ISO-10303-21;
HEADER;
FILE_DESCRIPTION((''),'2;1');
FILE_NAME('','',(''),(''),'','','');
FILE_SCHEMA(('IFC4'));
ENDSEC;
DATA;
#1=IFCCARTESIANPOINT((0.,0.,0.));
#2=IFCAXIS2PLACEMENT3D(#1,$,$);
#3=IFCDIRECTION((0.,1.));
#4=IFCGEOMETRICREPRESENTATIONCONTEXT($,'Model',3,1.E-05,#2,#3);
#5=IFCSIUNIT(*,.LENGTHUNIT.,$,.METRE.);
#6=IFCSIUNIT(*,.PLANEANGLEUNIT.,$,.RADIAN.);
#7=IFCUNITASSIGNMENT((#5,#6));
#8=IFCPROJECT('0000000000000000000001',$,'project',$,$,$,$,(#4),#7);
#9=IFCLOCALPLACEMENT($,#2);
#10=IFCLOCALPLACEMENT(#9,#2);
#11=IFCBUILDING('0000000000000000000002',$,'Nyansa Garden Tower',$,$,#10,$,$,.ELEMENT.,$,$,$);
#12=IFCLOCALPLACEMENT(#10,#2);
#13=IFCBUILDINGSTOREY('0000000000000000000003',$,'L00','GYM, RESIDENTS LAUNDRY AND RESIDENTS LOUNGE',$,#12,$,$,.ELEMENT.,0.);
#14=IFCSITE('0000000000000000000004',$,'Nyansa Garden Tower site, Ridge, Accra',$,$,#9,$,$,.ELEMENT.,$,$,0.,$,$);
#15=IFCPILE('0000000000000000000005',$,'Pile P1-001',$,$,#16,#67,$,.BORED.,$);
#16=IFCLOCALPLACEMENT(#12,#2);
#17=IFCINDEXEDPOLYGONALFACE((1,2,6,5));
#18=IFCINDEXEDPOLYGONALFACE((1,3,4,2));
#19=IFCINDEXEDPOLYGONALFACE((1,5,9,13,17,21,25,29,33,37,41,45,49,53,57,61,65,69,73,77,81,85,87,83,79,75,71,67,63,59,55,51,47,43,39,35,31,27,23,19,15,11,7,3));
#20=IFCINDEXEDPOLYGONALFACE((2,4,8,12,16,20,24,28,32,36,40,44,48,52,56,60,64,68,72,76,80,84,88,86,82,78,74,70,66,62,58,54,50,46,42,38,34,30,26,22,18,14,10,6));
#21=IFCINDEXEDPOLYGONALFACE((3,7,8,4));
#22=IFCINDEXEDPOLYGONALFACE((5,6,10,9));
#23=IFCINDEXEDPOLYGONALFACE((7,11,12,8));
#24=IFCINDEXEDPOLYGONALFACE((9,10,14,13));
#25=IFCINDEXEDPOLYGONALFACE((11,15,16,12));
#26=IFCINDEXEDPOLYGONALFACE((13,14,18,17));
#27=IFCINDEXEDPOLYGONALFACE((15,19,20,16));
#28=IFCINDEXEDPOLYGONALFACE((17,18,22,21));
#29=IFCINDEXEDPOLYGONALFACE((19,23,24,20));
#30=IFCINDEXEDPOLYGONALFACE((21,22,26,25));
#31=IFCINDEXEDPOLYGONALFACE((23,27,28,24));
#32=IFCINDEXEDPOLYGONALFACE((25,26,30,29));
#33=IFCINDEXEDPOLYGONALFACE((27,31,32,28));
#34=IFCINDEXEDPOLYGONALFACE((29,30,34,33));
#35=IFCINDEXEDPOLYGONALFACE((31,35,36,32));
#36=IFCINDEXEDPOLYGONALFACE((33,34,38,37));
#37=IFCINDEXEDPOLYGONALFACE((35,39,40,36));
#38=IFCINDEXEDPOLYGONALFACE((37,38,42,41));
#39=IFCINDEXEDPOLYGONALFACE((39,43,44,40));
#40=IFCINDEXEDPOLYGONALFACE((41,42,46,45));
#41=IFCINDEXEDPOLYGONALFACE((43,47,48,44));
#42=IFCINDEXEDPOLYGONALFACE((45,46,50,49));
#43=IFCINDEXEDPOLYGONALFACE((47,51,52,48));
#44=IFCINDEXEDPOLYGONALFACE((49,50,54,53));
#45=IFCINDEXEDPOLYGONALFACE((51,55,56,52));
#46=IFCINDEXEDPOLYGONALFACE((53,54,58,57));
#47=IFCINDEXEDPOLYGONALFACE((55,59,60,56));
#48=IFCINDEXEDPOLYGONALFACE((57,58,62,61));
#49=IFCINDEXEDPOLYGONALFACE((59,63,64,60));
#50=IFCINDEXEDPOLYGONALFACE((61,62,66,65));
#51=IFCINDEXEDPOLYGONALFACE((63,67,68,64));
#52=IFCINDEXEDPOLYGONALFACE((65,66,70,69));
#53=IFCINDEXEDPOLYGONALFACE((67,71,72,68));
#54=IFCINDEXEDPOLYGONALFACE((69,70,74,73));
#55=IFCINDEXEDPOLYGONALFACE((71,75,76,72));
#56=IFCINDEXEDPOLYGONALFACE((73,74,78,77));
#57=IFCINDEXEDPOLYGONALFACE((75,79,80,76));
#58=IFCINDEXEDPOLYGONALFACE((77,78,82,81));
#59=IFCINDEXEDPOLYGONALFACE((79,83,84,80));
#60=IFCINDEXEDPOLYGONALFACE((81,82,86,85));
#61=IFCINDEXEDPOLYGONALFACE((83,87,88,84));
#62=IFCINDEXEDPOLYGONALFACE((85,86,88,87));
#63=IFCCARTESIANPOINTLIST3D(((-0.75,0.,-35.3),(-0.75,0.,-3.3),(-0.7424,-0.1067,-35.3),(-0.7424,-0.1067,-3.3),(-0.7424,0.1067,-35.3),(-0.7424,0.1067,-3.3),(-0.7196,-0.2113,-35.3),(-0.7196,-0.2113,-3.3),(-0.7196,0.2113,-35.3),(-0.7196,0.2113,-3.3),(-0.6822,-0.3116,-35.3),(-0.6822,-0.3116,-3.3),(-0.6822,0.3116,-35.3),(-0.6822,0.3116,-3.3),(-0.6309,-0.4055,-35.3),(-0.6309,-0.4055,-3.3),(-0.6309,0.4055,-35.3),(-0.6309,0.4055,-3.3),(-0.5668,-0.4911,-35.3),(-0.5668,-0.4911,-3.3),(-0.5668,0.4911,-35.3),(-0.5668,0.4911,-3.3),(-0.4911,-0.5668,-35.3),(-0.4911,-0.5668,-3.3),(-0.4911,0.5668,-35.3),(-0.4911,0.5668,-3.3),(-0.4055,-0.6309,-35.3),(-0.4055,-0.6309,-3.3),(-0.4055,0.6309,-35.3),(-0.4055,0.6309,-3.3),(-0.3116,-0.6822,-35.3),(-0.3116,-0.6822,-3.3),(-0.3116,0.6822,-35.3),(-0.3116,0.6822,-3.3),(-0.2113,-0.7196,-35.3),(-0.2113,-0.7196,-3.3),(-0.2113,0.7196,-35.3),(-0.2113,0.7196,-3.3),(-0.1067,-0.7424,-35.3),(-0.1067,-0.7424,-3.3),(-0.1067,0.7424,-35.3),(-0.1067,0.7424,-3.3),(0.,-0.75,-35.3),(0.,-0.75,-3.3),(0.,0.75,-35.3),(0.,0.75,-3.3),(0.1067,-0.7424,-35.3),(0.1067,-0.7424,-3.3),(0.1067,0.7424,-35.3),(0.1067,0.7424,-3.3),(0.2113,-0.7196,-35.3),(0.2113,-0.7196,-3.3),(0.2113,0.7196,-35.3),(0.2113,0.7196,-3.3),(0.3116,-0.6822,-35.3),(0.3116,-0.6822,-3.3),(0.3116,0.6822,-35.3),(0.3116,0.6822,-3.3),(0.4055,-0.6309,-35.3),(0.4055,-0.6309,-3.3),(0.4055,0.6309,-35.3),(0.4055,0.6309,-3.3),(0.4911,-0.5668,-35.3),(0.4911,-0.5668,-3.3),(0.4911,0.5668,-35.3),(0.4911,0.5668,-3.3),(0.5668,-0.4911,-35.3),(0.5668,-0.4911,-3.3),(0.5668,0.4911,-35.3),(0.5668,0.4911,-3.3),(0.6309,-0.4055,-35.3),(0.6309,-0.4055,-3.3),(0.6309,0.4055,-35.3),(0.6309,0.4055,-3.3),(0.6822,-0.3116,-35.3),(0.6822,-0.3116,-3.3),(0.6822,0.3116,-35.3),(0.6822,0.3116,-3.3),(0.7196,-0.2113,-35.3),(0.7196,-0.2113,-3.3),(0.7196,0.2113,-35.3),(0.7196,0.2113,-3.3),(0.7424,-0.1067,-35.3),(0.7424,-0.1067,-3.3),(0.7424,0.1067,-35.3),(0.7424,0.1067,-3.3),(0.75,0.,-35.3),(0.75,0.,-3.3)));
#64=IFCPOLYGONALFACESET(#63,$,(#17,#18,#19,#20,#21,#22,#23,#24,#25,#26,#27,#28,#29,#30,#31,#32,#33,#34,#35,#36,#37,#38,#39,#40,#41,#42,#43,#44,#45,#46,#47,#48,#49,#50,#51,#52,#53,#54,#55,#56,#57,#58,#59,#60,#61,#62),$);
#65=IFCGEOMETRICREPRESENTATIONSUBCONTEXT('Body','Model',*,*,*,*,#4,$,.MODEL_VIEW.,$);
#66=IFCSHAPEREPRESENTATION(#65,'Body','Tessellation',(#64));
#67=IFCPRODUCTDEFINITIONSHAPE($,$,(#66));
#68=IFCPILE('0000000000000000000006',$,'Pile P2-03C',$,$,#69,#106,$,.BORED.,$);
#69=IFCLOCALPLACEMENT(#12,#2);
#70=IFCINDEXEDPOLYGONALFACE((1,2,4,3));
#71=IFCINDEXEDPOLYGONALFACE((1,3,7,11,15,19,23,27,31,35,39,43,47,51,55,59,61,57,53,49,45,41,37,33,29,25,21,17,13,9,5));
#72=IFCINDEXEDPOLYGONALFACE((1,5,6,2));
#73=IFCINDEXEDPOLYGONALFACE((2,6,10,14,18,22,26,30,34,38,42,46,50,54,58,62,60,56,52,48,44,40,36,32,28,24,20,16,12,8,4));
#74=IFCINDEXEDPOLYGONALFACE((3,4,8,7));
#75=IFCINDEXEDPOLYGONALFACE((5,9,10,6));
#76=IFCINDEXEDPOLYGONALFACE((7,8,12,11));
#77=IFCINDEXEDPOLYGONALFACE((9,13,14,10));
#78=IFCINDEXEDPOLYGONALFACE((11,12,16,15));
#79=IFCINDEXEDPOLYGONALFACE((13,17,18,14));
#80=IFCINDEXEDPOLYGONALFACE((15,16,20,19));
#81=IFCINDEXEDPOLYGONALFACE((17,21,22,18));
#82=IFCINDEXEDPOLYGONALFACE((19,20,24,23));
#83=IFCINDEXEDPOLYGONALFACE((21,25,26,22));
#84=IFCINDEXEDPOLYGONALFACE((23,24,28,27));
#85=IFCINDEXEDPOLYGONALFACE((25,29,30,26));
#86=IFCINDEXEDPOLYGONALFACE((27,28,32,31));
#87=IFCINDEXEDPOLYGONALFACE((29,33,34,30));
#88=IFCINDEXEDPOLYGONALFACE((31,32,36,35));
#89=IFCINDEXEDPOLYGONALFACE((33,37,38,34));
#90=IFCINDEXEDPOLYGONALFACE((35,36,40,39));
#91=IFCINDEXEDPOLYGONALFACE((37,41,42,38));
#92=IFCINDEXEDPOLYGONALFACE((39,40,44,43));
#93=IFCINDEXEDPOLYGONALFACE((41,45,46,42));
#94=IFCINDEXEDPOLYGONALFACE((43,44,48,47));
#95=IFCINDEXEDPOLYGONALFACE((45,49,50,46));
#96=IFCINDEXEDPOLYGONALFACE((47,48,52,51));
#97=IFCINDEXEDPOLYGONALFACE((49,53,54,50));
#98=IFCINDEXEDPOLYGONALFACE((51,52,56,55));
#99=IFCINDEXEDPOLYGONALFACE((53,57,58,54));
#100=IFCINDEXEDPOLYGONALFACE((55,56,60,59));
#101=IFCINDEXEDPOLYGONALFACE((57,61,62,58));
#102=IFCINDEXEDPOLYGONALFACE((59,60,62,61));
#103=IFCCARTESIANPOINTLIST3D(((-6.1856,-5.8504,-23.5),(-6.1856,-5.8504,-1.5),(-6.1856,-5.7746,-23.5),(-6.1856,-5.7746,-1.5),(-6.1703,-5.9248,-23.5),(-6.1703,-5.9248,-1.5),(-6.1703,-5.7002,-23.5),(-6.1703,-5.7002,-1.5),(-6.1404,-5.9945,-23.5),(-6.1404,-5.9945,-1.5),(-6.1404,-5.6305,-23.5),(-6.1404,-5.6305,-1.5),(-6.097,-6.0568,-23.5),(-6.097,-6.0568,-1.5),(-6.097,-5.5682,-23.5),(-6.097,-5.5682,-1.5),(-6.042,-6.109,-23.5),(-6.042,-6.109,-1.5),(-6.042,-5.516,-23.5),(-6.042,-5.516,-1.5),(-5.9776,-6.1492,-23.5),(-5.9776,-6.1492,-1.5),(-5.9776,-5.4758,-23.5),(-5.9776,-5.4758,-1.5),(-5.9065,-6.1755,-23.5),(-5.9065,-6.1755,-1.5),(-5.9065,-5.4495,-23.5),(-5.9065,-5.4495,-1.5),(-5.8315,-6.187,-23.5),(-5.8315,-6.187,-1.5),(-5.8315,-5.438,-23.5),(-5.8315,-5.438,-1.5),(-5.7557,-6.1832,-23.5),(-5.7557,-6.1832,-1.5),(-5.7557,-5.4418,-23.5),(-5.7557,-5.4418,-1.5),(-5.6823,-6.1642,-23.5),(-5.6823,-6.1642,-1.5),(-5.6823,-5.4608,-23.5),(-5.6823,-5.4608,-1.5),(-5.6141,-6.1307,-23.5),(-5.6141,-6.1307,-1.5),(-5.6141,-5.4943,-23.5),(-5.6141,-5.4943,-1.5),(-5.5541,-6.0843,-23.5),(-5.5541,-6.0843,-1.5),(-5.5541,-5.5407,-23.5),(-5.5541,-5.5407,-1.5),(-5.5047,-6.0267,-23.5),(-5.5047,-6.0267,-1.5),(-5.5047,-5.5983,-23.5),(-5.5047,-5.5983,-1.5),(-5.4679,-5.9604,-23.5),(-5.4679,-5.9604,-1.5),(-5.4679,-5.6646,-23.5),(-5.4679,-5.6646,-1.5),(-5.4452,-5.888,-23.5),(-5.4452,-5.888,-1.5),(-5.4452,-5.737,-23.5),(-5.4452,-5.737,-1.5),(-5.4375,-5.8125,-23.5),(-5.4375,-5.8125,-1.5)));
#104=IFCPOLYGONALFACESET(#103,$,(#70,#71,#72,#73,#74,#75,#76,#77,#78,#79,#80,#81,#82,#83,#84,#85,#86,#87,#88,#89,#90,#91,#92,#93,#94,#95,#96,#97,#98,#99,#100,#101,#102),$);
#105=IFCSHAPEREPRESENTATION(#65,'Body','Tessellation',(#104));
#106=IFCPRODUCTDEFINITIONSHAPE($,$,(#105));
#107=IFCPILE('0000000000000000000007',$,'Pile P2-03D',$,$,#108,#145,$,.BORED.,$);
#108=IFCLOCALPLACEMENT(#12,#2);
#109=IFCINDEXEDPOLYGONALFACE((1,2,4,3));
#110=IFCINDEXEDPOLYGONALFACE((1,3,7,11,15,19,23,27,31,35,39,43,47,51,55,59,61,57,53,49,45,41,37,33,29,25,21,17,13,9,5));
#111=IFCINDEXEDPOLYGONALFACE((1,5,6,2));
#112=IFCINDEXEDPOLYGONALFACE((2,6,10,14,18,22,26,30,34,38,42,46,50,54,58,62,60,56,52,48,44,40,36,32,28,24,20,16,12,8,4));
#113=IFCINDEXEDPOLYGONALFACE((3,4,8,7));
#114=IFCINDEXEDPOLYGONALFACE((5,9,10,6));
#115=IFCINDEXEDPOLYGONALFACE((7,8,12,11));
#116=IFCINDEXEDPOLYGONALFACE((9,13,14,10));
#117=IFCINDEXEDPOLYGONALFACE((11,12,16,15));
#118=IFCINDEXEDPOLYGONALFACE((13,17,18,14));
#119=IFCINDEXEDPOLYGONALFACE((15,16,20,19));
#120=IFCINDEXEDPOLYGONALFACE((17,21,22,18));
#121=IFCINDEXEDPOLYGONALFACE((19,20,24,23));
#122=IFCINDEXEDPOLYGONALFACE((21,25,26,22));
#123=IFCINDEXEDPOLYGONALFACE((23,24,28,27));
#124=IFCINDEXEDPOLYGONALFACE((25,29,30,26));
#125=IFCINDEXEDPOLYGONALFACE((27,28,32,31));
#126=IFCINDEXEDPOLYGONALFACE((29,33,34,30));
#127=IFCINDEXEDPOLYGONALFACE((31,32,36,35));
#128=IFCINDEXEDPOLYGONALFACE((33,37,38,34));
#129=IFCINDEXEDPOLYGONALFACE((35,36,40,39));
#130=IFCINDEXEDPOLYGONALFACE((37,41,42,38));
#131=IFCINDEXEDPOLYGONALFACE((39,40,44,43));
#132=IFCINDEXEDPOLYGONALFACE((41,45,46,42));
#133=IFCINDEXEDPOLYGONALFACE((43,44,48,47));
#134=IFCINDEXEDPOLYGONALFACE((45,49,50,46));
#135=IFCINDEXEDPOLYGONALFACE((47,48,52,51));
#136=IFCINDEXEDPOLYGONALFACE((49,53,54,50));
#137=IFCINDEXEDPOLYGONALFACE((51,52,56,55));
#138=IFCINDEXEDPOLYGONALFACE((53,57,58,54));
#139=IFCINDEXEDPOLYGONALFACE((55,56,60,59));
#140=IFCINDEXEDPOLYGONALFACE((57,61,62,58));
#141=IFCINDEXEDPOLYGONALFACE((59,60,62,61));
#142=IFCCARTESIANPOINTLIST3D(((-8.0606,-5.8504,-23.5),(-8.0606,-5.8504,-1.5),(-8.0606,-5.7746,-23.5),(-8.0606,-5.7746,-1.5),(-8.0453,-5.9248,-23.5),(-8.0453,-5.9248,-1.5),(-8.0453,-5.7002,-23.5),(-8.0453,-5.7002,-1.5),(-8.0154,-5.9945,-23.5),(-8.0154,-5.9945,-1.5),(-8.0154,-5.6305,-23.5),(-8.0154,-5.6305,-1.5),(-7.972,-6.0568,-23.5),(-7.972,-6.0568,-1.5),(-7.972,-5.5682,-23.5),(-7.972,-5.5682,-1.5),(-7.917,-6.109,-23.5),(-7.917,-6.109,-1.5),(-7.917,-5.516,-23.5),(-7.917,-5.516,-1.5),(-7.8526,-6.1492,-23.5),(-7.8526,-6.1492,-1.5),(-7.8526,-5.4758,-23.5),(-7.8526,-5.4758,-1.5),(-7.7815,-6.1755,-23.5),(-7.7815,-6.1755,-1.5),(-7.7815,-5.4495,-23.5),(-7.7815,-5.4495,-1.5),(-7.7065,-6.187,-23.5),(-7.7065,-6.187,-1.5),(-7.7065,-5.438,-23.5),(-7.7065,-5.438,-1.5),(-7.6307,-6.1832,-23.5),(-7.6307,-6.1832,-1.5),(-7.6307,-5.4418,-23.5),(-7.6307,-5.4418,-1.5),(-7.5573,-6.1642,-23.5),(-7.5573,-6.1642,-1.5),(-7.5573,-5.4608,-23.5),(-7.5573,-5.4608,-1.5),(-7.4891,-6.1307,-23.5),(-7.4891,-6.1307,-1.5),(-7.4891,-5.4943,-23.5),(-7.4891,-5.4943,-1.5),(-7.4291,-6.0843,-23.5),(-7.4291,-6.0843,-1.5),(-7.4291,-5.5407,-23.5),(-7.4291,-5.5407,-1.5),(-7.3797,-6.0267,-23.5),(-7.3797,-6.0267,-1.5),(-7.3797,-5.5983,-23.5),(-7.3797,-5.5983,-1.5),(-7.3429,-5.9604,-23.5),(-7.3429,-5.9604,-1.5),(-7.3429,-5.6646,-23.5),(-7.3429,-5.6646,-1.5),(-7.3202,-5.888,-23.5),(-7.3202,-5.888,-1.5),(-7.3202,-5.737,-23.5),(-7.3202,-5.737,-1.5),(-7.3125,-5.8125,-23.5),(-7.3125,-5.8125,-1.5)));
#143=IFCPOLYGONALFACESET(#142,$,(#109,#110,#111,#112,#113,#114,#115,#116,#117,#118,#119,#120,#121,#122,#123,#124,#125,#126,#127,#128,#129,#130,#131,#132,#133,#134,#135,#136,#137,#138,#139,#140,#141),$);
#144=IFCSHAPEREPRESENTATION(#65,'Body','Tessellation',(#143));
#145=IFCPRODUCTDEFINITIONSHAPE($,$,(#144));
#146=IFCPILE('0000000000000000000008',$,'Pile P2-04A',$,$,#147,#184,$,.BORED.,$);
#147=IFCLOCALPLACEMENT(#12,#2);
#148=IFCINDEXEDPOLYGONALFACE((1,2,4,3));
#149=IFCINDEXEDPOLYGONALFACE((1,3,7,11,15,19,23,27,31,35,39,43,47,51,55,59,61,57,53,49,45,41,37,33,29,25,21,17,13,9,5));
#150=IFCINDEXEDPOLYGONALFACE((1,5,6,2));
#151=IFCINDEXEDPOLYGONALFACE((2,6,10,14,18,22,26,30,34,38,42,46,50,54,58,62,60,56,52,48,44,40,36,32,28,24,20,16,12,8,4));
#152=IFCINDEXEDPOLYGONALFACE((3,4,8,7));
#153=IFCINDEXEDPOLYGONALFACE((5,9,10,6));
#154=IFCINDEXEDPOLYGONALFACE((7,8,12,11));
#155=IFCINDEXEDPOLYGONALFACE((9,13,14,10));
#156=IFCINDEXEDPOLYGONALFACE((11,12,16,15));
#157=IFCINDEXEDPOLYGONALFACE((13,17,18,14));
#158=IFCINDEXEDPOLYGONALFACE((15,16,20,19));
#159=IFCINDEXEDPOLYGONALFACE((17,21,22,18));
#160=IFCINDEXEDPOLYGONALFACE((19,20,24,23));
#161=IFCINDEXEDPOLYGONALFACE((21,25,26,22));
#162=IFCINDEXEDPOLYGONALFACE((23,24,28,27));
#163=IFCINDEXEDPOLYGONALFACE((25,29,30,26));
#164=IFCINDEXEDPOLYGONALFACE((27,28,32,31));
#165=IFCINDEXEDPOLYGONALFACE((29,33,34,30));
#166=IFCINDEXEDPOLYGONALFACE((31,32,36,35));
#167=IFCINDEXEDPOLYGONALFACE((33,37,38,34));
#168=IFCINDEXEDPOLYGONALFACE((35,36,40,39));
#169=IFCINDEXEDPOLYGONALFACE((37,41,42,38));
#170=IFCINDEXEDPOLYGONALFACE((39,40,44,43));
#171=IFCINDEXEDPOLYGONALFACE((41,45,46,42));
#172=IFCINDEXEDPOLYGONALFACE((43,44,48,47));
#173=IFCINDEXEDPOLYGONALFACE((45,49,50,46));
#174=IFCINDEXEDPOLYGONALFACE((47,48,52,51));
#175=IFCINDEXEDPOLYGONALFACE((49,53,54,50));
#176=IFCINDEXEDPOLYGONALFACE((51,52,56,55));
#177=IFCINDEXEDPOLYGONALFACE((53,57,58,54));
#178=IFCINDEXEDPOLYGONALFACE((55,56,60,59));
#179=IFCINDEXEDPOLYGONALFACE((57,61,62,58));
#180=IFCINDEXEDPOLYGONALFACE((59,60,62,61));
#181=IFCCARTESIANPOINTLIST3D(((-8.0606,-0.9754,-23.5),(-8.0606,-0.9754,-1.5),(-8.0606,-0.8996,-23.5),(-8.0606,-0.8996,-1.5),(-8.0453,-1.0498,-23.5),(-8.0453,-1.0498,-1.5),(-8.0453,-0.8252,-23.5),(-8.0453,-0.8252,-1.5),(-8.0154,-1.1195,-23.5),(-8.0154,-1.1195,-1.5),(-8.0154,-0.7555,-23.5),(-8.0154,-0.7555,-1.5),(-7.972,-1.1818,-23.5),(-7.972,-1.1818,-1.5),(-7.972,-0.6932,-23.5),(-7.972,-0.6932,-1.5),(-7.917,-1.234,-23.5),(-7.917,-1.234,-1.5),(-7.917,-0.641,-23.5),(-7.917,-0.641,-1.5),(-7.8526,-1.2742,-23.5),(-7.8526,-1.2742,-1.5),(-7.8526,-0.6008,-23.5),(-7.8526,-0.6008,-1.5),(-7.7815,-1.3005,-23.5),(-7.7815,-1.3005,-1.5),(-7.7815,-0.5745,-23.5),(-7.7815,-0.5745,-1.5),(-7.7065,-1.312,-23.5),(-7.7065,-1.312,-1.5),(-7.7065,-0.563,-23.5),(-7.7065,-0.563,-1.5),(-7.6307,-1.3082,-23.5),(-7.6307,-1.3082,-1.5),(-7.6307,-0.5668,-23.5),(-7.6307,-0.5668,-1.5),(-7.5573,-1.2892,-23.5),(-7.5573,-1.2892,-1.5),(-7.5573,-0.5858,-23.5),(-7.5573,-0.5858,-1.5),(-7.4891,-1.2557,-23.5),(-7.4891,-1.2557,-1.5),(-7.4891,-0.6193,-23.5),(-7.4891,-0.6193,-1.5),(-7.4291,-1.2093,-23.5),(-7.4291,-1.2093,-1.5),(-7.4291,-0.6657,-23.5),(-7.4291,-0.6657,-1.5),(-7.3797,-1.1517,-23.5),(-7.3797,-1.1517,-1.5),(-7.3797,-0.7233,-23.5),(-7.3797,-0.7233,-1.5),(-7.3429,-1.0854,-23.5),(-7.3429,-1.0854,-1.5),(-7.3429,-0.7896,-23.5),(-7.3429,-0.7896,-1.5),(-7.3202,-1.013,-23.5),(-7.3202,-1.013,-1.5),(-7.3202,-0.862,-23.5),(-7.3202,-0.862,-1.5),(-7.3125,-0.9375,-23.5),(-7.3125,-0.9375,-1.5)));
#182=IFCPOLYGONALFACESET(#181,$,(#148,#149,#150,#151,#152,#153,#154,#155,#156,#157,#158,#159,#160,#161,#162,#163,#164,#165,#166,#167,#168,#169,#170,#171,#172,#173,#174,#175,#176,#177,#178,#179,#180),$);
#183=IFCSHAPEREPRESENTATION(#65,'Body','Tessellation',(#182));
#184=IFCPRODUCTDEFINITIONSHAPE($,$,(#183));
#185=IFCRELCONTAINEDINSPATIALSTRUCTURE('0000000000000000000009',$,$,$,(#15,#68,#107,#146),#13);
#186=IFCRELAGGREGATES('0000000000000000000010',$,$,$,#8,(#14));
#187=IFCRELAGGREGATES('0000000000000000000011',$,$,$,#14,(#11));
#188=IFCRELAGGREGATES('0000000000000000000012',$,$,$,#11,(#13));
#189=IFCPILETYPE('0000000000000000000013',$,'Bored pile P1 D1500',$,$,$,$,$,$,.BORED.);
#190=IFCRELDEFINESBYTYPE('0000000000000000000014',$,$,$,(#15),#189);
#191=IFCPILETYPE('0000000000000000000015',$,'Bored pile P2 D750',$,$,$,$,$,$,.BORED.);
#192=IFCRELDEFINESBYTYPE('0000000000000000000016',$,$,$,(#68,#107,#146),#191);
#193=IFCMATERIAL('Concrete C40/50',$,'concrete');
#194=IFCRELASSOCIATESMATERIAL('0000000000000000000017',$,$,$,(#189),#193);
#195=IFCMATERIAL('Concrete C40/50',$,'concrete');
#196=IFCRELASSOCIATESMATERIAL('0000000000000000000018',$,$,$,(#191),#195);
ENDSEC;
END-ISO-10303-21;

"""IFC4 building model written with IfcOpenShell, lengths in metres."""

from ifc_helpers import new_model, si_unit, direction, frame, origin, origin_2d, place, context, subcontext, project, spatial, circle, extrude, material, type_object, element, save


model = new_model("IFC4")

# Units and contexts
model_context = context("Model", 3, precision=1e-05, world=origin(), true_north=direction((0.0, 1.0)))
body_context = subcontext(model_context, "Body", "Model", "MODEL_VIEW")
ifc_project = project(units=[si_unit("LENGTHUNIT", "METRE"), si_unit("PLANEANGLEUNIT", "RADIAN")], contexts=[model_context])

# Site, building, storey
site_placement = place(None, origin())
site = spatial("IfcSite", under=ifc_project, at=site_placement, Name="Nyansa Garden Tower site, Ridge, Accra", CompositionType="ELEMENT", RefElevation=0.0)
building_placement = place(site_placement, origin())
building = spatial("IfcBuilding", under=site, at=building_placement, Name="Nyansa Garden Tower", CompositionType="ELEMENT")
storey_placement = place(building_placement, origin())
storey = spatial("IfcBuildingStorey", under=building, at=storey_placement, Name="L00", Description="GYM, RESIDENTS LAUNDRY AND RESIDENTS LOUNGE", CompositionType="ELEMENT", Elevation=0.0)

# Piles
ifc_material_1 = material(Name="Concrete C40/50", Category="concrete")
pile_type_1 = type_object("IfcPileType", Name="Bored pile P1 D1500", PredefinedType="BORED", material=ifc_material_1)
pile_placement = place(storey_placement, frame((0.0, 0.0, -3.3), z_axis=(0.0, 0.0, -1.0), x_axis=(1.0, 0.0, 0.0)))
element("IfcPile", 1, at=pile_placement, inside=storey, type_object=pile_type_1, Name="Pile P1-001", PredefinedType="BORED", context=body_context, shape_type="SweptSolid", body=[
    extrude(circle(Radius=0.75, at=origin_2d()), origin(), (0.0, 0.0, 1.0), 32.0),
])
ifc_material_2 = material(Name="Concrete C40/50", Category="concrete")
pile_type_2 = type_object("IfcPileType", Name="Bored pile P2 D750", PredefinedType="BORED", material=ifc_material_2)
for number, where, z_axis, x_axis, name in (
    (2, (-5.8125, -5.8125, -1.5), (0.0, 0.0, -1.0), (1.0, 0.0, 0.0), "Pile P2-03C"),
    (3, (-7.6875, -5.8125, -1.5), (0.0, 0.0, -1.0), (1.0, 0.0, 0.0), "Pile P2-03D"),
    (4, (-7.6875, -0.9375, -1.5), (0.0, 0.0, -1.0), (1.0, 0.0, 0.0), "Pile P2-04A"),
):
    element("IfcPile", number, at=place(storey_placement, frame(where, z_axis=z_axis, x_axis=x_axis)), inside=storey, type_object=pile_type_2, Name=name, PredefinedType="BORED", context=body_context, shape_type="SweptSolid", body=[
        extrude(circle(Radius=0.375, at=origin_2d()), origin(), (0.0, 0.0, 1.0), 22.0),
    ])

save(model, "model.ifc")
